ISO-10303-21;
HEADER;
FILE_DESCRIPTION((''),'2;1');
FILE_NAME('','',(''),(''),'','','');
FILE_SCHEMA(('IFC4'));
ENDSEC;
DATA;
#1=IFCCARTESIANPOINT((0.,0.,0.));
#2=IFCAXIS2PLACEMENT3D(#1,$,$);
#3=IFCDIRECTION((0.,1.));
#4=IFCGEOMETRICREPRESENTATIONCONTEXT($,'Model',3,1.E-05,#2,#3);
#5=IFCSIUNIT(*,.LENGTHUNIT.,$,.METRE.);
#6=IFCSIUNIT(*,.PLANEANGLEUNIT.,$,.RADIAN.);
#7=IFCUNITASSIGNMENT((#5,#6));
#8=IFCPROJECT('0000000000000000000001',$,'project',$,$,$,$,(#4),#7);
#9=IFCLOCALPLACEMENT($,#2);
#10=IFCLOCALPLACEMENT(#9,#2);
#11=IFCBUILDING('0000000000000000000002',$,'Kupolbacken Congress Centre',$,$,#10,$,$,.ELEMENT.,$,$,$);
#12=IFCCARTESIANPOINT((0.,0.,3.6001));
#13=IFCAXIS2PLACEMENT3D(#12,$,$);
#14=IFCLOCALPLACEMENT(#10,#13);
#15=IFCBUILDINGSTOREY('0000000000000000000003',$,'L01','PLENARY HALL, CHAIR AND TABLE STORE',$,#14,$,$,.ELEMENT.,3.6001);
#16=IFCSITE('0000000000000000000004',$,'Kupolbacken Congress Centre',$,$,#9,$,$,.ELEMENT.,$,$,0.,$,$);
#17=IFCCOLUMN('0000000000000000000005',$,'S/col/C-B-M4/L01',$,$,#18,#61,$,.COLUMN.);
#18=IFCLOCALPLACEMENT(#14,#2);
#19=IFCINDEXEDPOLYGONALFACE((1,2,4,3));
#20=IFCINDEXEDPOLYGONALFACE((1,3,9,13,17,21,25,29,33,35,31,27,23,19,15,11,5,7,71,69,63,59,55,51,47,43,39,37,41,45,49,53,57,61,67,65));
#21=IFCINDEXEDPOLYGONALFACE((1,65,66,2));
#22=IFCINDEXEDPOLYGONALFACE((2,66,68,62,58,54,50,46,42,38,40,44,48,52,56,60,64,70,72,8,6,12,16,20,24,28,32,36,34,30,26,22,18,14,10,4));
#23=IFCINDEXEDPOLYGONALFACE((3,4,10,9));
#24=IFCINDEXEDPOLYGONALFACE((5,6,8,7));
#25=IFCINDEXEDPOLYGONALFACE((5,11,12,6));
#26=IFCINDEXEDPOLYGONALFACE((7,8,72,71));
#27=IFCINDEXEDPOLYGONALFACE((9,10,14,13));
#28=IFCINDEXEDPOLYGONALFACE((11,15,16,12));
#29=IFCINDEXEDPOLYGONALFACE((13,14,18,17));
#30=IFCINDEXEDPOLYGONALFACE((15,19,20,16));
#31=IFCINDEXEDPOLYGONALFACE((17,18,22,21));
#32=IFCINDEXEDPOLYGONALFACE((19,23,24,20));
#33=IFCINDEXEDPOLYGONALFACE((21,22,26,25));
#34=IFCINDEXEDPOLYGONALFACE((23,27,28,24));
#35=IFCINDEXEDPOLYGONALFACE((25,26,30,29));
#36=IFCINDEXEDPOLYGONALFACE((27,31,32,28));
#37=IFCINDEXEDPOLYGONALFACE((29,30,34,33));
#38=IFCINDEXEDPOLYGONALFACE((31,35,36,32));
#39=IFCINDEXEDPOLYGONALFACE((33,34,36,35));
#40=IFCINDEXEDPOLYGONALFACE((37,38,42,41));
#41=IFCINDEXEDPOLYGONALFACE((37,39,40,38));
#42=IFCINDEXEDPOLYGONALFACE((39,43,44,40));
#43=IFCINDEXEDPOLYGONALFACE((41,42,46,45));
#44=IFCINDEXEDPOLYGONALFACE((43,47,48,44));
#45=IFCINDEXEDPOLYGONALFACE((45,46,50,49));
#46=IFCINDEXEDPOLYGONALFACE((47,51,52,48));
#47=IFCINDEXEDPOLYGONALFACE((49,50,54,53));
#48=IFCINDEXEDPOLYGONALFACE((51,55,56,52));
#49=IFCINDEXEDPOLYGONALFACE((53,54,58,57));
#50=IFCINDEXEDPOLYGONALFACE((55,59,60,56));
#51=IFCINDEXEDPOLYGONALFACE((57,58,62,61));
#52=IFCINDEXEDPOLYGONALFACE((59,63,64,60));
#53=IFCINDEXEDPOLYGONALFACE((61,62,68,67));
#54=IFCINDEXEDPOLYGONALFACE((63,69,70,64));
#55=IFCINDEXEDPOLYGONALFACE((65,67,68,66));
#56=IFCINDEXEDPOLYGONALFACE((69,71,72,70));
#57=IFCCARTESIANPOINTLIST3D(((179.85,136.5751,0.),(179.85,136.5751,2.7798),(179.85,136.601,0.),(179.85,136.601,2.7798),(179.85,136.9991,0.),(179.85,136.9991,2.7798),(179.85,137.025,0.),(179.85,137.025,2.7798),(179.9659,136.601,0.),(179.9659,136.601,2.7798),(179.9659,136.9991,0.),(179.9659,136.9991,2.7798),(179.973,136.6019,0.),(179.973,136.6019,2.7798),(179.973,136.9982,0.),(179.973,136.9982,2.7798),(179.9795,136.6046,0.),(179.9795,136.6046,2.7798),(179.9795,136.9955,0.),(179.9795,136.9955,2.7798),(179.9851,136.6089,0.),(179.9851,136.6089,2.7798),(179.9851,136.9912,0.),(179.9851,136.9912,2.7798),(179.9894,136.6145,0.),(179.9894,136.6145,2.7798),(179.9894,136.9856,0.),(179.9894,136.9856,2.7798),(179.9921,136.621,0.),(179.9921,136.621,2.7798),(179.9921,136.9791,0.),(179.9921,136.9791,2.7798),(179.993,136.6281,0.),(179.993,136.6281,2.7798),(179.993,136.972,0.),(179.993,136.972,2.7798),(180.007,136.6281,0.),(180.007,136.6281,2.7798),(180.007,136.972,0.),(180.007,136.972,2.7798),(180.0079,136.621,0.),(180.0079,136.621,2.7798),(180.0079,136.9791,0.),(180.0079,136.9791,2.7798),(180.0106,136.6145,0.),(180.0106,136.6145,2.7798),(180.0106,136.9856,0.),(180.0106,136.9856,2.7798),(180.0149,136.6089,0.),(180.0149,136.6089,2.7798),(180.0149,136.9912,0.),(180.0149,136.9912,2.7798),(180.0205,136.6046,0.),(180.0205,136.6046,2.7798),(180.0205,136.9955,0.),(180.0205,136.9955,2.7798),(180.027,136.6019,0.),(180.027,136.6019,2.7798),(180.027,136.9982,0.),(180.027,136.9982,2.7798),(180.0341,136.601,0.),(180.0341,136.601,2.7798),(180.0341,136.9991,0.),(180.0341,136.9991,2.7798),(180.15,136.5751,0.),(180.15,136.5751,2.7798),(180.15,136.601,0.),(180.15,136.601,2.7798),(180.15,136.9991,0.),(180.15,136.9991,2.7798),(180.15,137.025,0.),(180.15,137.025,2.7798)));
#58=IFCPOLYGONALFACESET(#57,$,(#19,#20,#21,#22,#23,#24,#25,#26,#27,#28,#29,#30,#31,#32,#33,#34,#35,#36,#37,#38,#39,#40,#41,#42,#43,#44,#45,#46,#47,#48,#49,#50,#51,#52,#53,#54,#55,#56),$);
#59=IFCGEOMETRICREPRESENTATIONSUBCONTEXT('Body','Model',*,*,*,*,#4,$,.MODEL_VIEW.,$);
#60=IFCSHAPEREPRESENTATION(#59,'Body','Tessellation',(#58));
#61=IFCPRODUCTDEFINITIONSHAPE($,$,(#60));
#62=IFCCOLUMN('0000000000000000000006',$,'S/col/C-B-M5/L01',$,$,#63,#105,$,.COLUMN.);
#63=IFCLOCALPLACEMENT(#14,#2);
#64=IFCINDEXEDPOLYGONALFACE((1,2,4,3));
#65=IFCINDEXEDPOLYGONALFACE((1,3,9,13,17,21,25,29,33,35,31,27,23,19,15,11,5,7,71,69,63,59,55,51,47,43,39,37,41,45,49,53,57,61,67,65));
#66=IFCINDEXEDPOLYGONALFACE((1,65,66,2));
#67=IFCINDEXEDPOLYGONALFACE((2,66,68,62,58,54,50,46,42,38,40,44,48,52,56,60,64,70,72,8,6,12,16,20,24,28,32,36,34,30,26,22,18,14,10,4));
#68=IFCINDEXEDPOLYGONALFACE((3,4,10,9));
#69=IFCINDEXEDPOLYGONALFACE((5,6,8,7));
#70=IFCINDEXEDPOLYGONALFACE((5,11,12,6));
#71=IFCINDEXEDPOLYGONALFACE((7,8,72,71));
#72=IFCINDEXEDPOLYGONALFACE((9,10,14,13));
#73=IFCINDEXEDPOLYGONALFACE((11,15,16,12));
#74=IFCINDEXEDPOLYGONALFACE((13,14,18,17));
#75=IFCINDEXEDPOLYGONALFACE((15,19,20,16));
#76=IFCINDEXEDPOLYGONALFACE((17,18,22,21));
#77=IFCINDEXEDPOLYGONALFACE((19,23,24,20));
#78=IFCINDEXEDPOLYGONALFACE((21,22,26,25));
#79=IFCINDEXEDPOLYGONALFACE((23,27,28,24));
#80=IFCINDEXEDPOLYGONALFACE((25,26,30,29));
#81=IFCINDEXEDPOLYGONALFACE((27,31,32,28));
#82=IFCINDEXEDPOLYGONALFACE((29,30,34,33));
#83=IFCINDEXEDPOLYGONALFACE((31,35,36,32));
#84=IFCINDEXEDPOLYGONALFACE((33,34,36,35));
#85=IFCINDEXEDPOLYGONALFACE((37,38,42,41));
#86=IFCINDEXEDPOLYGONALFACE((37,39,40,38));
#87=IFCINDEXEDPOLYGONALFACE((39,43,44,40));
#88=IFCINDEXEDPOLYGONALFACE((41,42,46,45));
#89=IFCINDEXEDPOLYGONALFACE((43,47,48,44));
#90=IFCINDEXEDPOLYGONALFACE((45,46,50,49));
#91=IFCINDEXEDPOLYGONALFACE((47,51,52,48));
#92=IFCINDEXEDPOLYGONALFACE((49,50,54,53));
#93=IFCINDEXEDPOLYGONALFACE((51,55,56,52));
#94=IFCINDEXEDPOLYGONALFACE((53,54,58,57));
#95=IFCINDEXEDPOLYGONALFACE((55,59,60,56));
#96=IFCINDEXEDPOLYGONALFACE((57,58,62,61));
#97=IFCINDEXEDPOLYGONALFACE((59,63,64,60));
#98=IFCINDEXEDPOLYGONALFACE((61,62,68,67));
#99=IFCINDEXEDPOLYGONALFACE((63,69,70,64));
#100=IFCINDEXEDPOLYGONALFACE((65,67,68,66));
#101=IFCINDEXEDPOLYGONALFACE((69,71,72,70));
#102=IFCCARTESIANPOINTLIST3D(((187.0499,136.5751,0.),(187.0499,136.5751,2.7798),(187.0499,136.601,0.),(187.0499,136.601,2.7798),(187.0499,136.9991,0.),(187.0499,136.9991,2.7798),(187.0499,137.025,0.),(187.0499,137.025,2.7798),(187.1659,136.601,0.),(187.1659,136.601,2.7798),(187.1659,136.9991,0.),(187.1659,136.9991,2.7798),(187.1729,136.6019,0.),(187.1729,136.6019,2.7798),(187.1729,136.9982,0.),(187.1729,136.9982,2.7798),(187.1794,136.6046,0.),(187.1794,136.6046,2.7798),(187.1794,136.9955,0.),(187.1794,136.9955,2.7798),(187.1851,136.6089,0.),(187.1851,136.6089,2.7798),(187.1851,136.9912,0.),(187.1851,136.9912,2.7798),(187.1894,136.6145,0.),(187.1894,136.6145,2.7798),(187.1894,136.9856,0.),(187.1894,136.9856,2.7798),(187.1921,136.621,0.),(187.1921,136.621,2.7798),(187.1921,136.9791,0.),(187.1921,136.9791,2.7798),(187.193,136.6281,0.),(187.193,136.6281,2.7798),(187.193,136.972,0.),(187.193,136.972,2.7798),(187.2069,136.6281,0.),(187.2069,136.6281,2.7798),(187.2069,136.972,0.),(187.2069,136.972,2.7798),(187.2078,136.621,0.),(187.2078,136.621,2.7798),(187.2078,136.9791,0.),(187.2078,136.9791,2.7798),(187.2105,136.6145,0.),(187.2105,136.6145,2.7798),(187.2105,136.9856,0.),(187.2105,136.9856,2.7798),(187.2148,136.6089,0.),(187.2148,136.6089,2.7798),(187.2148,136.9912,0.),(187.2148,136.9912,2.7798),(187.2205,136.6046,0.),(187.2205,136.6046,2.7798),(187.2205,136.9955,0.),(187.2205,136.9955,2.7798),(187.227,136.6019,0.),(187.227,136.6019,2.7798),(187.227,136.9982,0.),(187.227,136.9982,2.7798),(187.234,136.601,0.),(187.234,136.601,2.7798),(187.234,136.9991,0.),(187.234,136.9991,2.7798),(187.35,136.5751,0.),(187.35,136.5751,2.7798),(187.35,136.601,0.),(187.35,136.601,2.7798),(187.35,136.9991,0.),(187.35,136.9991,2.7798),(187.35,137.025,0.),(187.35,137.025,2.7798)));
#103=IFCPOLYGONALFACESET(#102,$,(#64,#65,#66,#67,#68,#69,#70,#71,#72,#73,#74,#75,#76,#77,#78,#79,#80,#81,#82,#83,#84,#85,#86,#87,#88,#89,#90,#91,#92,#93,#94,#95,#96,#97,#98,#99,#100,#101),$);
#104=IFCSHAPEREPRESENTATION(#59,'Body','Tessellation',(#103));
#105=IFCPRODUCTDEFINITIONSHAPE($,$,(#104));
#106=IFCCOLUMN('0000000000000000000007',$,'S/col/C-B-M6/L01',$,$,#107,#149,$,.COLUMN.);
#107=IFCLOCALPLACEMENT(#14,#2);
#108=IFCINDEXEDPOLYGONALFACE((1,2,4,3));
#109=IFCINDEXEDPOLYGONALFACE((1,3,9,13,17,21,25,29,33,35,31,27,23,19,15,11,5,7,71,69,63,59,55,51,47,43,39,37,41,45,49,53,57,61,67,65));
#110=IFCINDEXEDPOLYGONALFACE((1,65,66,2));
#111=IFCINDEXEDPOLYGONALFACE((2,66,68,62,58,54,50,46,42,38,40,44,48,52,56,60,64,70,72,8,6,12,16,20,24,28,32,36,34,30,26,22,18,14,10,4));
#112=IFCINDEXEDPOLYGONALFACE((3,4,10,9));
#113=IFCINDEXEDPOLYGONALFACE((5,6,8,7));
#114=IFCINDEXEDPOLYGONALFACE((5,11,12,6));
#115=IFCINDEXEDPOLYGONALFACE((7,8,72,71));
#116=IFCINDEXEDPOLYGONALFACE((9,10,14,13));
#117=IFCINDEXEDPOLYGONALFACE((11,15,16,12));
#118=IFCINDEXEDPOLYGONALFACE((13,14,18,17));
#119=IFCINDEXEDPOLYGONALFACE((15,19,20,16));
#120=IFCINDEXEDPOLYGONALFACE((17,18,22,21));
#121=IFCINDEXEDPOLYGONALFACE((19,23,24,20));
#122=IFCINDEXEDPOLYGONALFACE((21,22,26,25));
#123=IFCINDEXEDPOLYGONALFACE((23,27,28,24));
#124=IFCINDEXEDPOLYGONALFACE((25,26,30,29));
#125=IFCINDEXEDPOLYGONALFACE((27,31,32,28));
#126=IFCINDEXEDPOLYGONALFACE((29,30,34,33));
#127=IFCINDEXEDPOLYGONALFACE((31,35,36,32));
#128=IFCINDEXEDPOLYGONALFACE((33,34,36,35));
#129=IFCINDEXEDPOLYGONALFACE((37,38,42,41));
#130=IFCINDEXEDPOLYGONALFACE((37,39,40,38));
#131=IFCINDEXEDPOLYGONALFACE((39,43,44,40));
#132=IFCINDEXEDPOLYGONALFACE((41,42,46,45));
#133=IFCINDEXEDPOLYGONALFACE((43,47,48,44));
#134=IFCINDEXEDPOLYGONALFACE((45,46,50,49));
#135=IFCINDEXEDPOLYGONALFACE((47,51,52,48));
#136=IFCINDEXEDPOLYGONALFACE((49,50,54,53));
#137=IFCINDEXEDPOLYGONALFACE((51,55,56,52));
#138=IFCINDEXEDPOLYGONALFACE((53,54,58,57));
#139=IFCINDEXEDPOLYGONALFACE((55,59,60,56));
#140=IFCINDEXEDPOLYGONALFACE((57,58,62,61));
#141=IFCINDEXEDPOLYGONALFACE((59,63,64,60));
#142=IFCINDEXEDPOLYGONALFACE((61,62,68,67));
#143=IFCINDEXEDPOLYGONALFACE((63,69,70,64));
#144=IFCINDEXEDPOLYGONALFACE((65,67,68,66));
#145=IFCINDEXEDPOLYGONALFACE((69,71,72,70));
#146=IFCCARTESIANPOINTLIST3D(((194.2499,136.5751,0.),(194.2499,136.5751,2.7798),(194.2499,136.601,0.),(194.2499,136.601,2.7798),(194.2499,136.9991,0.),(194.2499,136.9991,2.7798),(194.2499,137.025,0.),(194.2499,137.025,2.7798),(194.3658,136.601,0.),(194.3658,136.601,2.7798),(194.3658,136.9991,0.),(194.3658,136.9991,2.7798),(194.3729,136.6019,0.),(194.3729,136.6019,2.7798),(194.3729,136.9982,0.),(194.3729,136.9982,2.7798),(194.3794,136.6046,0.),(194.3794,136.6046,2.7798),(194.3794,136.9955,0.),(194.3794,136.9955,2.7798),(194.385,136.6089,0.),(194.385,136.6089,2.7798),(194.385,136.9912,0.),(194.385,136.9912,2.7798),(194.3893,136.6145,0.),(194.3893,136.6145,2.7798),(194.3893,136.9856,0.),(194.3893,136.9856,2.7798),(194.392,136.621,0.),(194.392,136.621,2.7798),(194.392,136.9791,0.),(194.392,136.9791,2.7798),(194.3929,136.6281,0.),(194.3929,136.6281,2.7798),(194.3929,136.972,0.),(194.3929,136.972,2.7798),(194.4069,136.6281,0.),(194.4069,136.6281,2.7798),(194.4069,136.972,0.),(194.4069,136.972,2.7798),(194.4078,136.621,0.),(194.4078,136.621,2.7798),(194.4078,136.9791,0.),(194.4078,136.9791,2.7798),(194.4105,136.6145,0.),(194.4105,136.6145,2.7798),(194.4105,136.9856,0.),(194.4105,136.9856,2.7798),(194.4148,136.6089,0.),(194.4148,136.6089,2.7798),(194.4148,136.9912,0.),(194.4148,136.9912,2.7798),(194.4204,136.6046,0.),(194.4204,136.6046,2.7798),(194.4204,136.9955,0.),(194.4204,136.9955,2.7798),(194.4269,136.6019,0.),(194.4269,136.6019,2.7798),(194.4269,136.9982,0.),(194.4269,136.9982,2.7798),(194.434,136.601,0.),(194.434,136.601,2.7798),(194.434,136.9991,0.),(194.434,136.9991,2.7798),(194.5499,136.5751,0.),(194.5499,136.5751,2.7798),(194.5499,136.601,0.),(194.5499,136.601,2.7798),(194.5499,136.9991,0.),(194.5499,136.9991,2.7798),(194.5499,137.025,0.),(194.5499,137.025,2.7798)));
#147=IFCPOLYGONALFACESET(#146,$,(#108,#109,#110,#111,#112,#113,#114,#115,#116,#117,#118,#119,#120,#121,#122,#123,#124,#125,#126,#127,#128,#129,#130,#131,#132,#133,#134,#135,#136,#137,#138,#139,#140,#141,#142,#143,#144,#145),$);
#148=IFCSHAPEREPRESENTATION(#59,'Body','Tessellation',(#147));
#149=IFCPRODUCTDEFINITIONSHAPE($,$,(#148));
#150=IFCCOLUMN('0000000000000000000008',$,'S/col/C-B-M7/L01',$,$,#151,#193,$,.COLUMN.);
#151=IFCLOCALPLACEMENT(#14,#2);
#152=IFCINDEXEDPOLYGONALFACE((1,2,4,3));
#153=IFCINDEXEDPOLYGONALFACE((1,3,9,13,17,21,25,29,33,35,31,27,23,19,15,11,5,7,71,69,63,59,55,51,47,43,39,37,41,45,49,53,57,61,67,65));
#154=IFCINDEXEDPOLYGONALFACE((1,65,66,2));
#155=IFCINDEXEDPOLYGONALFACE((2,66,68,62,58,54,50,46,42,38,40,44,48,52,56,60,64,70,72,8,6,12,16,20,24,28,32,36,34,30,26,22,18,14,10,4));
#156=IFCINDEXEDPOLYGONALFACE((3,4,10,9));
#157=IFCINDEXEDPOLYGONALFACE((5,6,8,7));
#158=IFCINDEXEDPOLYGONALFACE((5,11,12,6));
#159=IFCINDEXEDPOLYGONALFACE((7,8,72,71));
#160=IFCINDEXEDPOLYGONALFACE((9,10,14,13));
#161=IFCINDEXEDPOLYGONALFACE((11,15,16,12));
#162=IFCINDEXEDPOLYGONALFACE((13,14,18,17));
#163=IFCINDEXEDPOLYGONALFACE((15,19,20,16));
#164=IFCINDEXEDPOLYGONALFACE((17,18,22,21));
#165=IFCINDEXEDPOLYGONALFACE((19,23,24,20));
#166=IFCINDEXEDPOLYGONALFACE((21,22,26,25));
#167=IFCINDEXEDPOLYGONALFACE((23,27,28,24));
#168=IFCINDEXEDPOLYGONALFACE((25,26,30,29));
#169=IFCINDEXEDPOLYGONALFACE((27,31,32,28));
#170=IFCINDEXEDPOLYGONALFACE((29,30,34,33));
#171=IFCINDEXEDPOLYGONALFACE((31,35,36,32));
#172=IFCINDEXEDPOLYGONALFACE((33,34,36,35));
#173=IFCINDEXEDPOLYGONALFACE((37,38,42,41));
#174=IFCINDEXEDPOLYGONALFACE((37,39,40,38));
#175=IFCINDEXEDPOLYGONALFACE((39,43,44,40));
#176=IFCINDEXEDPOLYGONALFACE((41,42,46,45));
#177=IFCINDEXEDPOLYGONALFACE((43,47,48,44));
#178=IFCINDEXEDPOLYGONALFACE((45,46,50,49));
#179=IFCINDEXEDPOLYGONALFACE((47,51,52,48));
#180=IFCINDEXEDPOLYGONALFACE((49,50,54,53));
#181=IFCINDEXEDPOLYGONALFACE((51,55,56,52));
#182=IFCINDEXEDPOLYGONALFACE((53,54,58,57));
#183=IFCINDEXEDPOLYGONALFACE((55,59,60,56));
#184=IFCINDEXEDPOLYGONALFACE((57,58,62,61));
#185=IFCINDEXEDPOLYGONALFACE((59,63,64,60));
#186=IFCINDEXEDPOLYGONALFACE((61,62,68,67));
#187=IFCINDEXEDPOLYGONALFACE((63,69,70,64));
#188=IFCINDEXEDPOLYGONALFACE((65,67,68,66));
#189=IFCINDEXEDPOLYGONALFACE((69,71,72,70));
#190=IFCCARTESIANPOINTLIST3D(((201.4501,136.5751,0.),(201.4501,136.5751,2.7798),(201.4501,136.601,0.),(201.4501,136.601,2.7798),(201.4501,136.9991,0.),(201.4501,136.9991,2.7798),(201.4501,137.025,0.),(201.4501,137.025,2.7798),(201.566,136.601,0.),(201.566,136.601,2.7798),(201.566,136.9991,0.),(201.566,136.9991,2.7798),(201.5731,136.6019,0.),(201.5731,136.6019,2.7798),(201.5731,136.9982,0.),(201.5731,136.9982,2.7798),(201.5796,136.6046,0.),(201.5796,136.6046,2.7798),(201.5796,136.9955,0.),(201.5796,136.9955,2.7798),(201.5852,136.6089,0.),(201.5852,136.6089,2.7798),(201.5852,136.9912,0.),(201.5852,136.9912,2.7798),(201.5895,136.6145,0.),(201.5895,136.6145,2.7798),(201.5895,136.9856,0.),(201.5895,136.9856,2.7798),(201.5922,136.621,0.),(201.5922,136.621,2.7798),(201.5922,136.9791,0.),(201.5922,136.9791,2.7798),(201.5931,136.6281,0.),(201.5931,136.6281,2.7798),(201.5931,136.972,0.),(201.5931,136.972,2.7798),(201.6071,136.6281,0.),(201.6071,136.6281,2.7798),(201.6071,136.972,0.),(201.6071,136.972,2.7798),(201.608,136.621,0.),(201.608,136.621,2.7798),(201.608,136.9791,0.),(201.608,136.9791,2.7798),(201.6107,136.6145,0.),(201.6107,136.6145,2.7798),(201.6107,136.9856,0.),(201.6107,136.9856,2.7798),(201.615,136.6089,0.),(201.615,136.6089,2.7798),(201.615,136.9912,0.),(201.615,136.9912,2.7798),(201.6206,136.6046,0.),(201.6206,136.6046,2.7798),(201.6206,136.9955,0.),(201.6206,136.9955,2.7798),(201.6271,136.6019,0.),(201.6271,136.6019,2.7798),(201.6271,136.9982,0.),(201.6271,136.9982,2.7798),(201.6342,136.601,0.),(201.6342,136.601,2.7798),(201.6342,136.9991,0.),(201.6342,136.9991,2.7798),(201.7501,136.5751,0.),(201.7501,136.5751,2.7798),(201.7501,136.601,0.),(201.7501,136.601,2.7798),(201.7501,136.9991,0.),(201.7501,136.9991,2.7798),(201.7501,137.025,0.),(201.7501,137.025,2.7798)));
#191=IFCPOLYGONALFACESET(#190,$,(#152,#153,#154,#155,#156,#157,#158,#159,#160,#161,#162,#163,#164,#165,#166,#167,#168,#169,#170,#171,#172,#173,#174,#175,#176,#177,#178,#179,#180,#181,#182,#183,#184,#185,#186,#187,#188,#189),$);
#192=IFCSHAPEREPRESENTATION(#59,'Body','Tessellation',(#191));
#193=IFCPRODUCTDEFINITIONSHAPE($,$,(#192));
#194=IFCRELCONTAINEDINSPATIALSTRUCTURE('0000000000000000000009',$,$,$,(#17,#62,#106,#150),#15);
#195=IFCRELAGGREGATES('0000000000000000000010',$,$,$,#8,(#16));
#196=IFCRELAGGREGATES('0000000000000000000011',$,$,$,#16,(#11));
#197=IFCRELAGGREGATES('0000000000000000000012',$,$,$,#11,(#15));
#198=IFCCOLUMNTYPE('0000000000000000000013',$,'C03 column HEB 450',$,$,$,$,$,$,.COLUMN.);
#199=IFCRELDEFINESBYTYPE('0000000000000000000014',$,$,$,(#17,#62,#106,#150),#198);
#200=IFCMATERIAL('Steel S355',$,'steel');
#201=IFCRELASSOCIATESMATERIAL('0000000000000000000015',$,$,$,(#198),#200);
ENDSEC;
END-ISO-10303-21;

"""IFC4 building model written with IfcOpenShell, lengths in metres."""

from ifc_helpers import new_model, si_unit, direction, frame, origin, origin_2d, place, context, subcontext, project, spatial, i_section, extrude, material, material_profile, profile_set, type_object, element, save


model = new_model("IFC4")

# Units and contexts
model_context = context("Model", 3, precision=1e-05, world=origin(), true_north=direction((0.0, 1.0)))
body_context = subcontext(model_context, "Body", "Model", "MODEL_VIEW")
ifc_project = project(units=[si_unit("LENGTHUNIT", "METRE"), si_unit("PLANEANGLEUNIT", "RADIAN")], contexts=[model_context])

# Site, building, storey
site_placement = place(None, origin())
site = spatial("IfcSite", under=ifc_project, at=site_placement, Name="Kupolbacken Congress Centre", CompositionType="ELEMENT", RefElevation=0.0)
building_placement = place(site_placement, origin())
building = spatial("IfcBuilding", under=site, at=building_placement, Name="Kupolbacken Congress Centre", CompositionType="ELEMENT")
storey_placement = place(building_placement, frame((0.0, 0.0, 3.6001)))
storey = spatial("IfcBuildingStorey", under=building, at=storey_placement, Name="L01", Description="PLENARY HALL, CHAIR AND TABLE STORE", CompositionType="ELEMENT", Elevation=3.6001)

# Columns
ifc_material_1 = material(Name="Steel S355", Category="steel")
ifc_material_profile_1 = material_profile(ifc_material_1, i_section(OverallWidth=0.3, OverallDepth=0.45, WebThickness=0.0139, FlangeThickness=0.0259, FilletRadius=0.0271, at=origin_2d()), Name="HEB 450")
ifc_profile_set_1 = profile_set([ifc_material_profile_1], Name="Steel S355")
column_type = type_object("IfcColumnType", Name="C03 column HEB 450", PredefinedType="COLUMN", material=ifc_profile_set_1)
for number, where, z_axis, x_axis, name in (
    (1, (180.0, 136.8, 0.0), (0.0, 0.0, 1.0), (1.0, 0.0, 0.0), "S/col/C-B-M4/L01"),
    (2, (187.2, 136.8, 0.0), (0.0, 0.0, 1.0), (1.0, 0.0, 0.0), "S/col/C-B-M5/L01"),
    (3, (194.3999, 136.8, 0.0), (0.0, 0.0, 1.0), (1.0, 0.0, 0.0), "S/col/C-B-M6/L01"),
    (4, (201.6001, 136.8, 0.0), (0.0, 0.0, 1.0), (1.0, 0.0, 0.0), "S/col/C-B-M7/L01"),
):
    element("IfcColumn", number, at=place(storey_placement, frame(where, z_axis=z_axis, x_axis=x_axis)), inside=storey, type_object=column_type, Name=name, PredefinedType="COLUMN", context=body_context, shape_type="SweptSolid", body=[
        extrude(i_section(OverallWidth=0.3, OverallDepth=0.45, WebThickness=0.0139, FlangeThickness=0.0259, FilletRadius=0.0271, at=origin_2d()), origin(), (0.0, 0.0, 1.0), 2.7798),
    ])

save(model, "model.ifc")
